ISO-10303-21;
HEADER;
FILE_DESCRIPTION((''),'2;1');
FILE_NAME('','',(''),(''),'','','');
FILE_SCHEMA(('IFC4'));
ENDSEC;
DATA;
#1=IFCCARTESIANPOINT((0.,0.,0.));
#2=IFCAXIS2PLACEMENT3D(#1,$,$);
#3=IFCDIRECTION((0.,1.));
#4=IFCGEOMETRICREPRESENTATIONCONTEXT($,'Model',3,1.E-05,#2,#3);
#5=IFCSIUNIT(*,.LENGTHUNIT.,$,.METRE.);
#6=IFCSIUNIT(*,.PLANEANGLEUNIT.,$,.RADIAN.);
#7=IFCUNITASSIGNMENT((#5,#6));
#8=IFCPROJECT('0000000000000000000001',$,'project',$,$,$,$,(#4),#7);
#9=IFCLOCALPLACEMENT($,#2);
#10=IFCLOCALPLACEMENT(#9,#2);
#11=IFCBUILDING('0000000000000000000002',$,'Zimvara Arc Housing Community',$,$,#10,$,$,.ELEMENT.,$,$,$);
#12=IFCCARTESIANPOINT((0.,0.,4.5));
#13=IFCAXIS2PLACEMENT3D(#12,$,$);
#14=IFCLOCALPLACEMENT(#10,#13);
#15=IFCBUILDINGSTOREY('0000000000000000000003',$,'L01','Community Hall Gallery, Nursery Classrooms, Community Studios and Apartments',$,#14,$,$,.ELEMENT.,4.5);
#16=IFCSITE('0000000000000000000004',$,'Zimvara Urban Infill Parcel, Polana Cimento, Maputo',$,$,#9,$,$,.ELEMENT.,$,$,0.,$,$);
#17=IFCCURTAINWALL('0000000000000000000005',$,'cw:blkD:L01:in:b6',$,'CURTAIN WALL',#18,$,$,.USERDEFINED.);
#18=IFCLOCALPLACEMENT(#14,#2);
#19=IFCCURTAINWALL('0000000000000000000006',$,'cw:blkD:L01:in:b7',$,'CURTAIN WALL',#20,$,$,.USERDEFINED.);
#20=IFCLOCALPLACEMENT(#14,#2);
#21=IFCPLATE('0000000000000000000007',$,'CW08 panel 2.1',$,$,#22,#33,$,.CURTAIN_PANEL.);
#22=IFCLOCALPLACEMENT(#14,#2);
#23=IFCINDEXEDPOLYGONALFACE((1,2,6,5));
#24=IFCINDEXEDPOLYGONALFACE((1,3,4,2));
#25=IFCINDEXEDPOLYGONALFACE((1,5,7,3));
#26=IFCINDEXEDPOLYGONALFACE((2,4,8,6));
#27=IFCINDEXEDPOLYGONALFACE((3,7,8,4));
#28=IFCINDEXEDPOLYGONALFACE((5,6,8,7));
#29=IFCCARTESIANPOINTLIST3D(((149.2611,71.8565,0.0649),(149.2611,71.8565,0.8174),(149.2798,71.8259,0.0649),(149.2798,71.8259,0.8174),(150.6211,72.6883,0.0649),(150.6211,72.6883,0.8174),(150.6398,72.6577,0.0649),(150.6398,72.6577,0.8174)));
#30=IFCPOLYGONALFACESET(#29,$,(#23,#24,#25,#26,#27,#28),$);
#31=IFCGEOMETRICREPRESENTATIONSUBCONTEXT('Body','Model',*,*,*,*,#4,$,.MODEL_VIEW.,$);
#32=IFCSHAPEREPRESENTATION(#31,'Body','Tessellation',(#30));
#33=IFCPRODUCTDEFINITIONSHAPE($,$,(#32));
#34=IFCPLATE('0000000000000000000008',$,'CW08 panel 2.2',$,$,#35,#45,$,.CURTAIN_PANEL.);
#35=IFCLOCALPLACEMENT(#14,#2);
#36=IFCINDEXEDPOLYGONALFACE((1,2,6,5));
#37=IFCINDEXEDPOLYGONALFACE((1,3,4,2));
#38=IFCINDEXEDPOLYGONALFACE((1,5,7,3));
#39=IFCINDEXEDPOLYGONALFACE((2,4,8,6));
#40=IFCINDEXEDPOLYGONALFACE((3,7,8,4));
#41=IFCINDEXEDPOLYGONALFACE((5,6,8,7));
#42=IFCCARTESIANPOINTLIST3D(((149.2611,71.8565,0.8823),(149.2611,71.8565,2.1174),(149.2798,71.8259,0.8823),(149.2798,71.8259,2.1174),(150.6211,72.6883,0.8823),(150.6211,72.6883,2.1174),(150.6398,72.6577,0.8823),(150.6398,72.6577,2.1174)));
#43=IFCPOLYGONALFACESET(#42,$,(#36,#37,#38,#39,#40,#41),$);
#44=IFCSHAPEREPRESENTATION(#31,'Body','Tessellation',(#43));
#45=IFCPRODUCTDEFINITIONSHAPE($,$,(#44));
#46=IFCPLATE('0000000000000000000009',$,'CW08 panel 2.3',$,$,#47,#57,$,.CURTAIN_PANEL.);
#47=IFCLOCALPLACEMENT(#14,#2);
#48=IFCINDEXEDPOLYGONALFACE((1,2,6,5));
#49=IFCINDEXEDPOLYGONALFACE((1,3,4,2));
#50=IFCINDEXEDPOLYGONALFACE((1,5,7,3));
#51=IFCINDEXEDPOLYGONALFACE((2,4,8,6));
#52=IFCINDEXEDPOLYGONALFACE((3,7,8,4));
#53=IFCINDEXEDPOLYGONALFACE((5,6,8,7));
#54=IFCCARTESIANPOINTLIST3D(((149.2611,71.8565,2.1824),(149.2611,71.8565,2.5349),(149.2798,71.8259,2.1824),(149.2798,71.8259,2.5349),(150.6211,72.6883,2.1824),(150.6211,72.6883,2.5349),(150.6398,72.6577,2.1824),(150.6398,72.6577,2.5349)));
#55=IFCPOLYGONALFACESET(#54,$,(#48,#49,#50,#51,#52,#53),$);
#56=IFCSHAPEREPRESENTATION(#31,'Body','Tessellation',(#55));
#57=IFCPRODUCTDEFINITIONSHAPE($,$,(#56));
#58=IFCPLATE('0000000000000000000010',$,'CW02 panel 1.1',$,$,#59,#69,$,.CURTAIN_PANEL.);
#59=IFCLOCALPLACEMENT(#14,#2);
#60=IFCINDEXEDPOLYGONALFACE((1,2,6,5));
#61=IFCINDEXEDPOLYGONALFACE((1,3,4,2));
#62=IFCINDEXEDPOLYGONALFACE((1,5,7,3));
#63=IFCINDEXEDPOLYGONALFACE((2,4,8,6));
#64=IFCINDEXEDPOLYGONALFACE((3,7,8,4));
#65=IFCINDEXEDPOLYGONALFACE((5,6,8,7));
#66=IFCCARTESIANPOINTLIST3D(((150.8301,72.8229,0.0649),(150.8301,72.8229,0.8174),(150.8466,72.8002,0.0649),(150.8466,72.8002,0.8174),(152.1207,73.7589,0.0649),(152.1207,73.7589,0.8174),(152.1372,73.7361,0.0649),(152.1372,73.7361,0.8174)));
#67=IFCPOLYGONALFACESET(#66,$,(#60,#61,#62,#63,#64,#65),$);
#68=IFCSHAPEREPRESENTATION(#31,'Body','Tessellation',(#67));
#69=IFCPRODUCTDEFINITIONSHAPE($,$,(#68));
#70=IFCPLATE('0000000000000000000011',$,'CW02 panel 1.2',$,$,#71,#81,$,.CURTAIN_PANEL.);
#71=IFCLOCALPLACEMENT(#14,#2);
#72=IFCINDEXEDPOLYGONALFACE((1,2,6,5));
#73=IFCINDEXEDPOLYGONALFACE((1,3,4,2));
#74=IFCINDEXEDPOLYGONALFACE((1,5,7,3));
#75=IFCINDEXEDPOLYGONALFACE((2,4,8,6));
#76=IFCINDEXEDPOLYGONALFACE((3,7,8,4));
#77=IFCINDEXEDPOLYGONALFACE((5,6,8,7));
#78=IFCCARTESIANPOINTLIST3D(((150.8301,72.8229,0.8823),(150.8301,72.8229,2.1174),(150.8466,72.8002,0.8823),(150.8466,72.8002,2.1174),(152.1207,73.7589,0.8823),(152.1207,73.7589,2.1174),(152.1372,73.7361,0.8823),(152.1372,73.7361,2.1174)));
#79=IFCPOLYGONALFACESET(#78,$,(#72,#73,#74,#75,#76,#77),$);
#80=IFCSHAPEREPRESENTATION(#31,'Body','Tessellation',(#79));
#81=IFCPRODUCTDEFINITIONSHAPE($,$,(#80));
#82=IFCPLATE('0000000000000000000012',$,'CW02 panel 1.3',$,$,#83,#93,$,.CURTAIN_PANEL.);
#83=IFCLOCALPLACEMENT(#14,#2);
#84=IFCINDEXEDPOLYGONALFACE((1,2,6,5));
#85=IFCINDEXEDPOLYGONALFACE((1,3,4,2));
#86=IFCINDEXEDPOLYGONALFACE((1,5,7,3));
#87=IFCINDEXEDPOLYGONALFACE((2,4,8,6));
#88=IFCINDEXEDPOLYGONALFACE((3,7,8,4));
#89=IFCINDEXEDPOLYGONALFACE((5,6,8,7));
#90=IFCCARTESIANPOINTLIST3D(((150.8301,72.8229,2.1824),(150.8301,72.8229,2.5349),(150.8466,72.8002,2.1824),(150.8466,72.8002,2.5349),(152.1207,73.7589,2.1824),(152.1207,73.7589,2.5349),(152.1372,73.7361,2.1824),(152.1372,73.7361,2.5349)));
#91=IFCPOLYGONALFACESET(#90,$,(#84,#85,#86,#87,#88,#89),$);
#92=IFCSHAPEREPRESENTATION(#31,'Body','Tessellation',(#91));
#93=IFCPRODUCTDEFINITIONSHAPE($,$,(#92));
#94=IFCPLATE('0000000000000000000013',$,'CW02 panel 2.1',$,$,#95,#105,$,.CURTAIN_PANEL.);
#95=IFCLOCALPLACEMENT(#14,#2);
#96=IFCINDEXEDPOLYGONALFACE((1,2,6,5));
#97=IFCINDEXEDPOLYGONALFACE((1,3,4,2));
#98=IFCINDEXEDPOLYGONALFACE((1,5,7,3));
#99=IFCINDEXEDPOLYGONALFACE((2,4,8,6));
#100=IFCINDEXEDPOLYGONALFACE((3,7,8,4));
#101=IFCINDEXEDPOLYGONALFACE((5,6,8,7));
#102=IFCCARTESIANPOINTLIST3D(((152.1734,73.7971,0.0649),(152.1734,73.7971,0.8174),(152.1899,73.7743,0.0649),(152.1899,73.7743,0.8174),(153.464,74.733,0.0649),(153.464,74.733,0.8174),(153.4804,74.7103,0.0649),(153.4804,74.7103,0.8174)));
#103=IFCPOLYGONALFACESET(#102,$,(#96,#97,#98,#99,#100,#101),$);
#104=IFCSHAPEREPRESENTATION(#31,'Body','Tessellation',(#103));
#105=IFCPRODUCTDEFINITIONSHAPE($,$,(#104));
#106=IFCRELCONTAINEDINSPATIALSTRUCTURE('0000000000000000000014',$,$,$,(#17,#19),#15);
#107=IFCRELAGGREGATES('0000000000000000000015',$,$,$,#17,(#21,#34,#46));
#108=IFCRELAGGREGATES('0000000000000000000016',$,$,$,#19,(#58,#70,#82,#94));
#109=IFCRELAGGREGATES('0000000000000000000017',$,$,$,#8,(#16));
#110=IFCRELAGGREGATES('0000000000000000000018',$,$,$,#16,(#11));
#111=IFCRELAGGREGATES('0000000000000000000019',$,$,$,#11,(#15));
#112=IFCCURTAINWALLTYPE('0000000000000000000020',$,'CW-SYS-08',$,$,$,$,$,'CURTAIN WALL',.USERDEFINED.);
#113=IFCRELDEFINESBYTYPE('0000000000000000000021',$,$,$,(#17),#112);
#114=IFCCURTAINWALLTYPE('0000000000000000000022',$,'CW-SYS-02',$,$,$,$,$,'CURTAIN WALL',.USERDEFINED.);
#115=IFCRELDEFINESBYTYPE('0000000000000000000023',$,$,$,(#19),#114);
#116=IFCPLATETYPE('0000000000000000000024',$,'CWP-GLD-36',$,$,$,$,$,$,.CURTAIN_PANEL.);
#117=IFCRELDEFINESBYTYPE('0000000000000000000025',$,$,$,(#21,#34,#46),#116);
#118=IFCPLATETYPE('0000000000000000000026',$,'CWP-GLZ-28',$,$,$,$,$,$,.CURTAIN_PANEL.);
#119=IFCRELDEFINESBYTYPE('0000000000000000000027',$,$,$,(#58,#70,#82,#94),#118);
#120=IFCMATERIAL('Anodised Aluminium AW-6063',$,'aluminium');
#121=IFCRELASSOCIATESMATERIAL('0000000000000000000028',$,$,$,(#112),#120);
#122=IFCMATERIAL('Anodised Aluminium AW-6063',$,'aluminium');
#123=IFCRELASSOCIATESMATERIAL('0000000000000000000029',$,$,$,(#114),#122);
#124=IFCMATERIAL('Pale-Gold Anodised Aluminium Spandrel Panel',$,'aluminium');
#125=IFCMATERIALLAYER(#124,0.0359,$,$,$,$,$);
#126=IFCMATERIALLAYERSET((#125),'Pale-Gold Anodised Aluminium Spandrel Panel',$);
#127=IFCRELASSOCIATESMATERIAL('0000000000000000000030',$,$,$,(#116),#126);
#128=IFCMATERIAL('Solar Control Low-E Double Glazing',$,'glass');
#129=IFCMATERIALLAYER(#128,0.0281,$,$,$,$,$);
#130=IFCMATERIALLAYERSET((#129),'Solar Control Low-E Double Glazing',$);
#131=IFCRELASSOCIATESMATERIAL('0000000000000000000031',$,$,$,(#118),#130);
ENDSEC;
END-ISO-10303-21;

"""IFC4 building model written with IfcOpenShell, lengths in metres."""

from ifc_helpers import new_model, si_unit, direction, frame, origin, origin_2d, place, context, subcontext, project, spatial, rectangle, extrude, material, layer, layer_set, type_object, element, aggregate, save


model = new_model("IFC4")

# Units and contexts
model_context = context("Model", 3, precision=1e-05, world=origin(), true_north=direction((0.0, 1.0)))
body_context = subcontext(model_context, "Body", "Model", "MODEL_VIEW")
ifc_project = project(units=[si_unit("LENGTHUNIT", "METRE"), si_unit("PLANEANGLEUNIT", "RADIAN")], contexts=[model_context])

# Site, building, storey
site_placement = place(None, origin())
site = spatial("IfcSite", under=ifc_project, at=site_placement, Name="Zimvara Urban Infill Parcel, Polana Cimento, Maputo", CompositionType="ELEMENT", RefElevation=0.0)
building_placement = place(site_placement, origin())
building = spatial("IfcBuilding", under=site, at=building_placement, Name="Zimvara Arc Housing Community", CompositionType="ELEMENT")
storey_placement = place(building_placement, frame((0.0, 0.0, 4.5)))
storey = spatial("IfcBuildingStorey", under=building, at=storey_placement, Name="L01", Description="Community Hall Gallery, Nursery Classrooms, Community Studios and Apartments", CompositionType="ELEMENT", Elevation=4.5)

# Curtain wall
ifc_material_1 = material(Name="Anodised Aluminium AW-6063", Category="aluminium")
curtain_wall_type_1 = type_object("IfcCurtainWallType", Name="CW-SYS-08", ElementType="CURTAIN WALL", PredefinedType="USERDEFINED", material=ifc_material_1)
curtain_wall_1_placement = place(storey_placement, origin())
curtain_wall_1 = element("IfcCurtainWall", 1, at=curtain_wall_1_placement, inside=storey, type_object=curtain_wall_type_1, Name="cw:blkD:L01:in:b6", ObjectType="CURTAIN WALL", PredefinedType="USERDEFINED")

# Curtain wall
ifc_material_2 = material(Name="Anodised Aluminium AW-6063", Category="aluminium")
curtain_wall_type_2 = type_object("IfcCurtainWallType", Name="CW-SYS-02", ElementType="CURTAIN WALL", PredefinedType="USERDEFINED", material=ifc_material_2)
curtain_wall_2_placement = place(storey_placement, origin())
curtain_wall_2 = element("IfcCurtainWall", 2, at=curtain_wall_2_placement, inside=storey, type_object=curtain_wall_type_2, Name="cw:blkD:L01:in:b7", ObjectType="CURTAIN WALL", PredefinedType="USERDEFINED")

# Plates
ifc_material_3 = material(Name="Pale-Gold Anodised Aluminium Spandrel Panel", Category="aluminium")
ifc_layer_1 = layer(ifc_material_3, 0.0359)
ifc_layer_set_1 = layer_set([ifc_layer_1], Name="Pale-Gold Anodised Aluminium Spandrel Panel")
plate_type_1 = type_object("IfcPlateType", Name="CWP-GLD-36", PredefinedType="CURTAIN_PANEL", material=ifc_layer_set_1)
plate_1_placement = place(storey_placement, frame((149.9504, 72.2571, 0.0649), z_axis=(0.0, 0.0, 1.0), x_axis=(0.853096, 0.521754, 0.0)))
plate_1 = element("IfcPlate", 3, at=plate_1_placement, type_object=plate_type_1, Name="CW08 panel 2.1", PredefinedType="CURTAIN_PANEL", context=body_context, shape_type="SweptSolid", body=[
    extrude(rectangle(XDim=1.5942, YDim=0.0359, at=origin_2d()), origin(), (0.0, 0.0, 1.0), 0.7524),
])
plate_2_placement = place(storey_placement, frame((149.9504, 72.2571, 0.8823), z_axis=(0.0, 0.0, 1.0), x_axis=(0.853096, 0.521754, 0.0)))
plate_2 = element("IfcPlate", 4, at=plate_2_placement, type_object=plate_type_1, Name="CW08 panel 2.2", PredefinedType="CURTAIN_PANEL", context=body_context, shape_type="SweptSolid", body=[
    extrude(rectangle(XDim=1.5942, YDim=0.0359, at=origin_2d()), origin(), (0.0, 0.0, 1.0), 1.2351),
])
plate_3_placement = place(storey_placement, frame((149.9504, 72.2571, 2.1824), z_axis=(0.0, 0.0, 1.0), x_axis=(0.853096, 0.521754, 0.0)))
plate_3 = element("IfcPlate", 5, at=plate_3_placement, type_object=plate_type_1, Name="CW08 panel 2.3", PredefinedType="CURTAIN_PANEL", context=body_context, shape_type="SweptSolid", body=[
    extrude(rectangle(XDim=1.5942, YDim=0.0359, at=origin_2d()), origin(), (0.0, 0.0, 1.0), 0.3525),
])
aggregate(curtain_wall_1, [plate_1, plate_2, plate_3])
ifc_material_4 = material(Name="Solar Control Low-E Double Glazing", Category="glass")
ifc_layer_2 = layer(ifc_material_4, 0.0281)
ifc_layer_set_2 = layer_set([ifc_layer_2], Name="Solar Control Low-E Double Glazing")
plate_type_2 = type_object("IfcPlateType", Name="CWP-GLZ-28", PredefinedType="CURTAIN_PANEL", material=ifc_layer_set_2)
plate_4_placement = place(storey_placement, frame((151.4836, 73.2795, 0.0649), z_axis=(0.0, 0.0, 1.0), x_axis=(0.809529, 0.587079, 0.0)))
plate_4 = element("IfcPlate", 6, at=plate_4_placement, type_object=plate_type_2, Name="CW02 panel 1.1", PredefinedType="CURTAIN_PANEL", context=body_context, shape_type="SweptSolid", body=[
    extrude(rectangle(XDim=1.5942, YDim=0.0281, at=origin_2d()), origin(), (0.0, 0.0, 1.0), 0.7524),
])
plate_5_placement = place(storey_placement, frame((151.4836, 73.2795, 0.8823), z_axis=(0.0, 0.0, 1.0), x_axis=(0.809529, 0.587079, 0.0)))
plate_5 = element("IfcPlate", 7, at=plate_5_placement, type_object=plate_type_2, Name="CW02 panel 1.2", PredefinedType="CURTAIN_PANEL", context=body_context, shape_type="SweptSolid", body=[
    extrude(rectangle(XDim=1.5942, YDim=0.0281, at=origin_2d()), origin(), (0.0, 0.0, 1.0), 1.2351),
])
plate_6_placement = place(storey_placement, frame((151.4836, 73.2795, 2.1824), z_axis=(0.0, 0.0, 1.0), x_axis=(0.809529, 0.587079, 0.0)))
plate_6 = element("IfcPlate", 8, at=plate_6_placement, type_object=plate_type_2, Name="CW02 panel 1.3", PredefinedType="CURTAIN_PANEL", context=body_context, shape_type="SweptSolid", body=[
    extrude(rectangle(XDim=1.5942, YDim=0.0281, at=origin_2d()), origin(), (0.0, 0.0, 1.0), 0.3525),
])
plate_7_placement = place(storey_placement, frame((152.8269, 74.2537, 0.0649), z_axis=(0.0, 0.0, 1.0), x_axis=(0.809529, 0.587079, 0.0)))
plate_7 = element("IfcPlate", 9, at=plate_7_placement, type_object=plate_type_2, Name="CW02 panel 2.1", PredefinedType="CURTAIN_PANEL", context=body_context, shape_type="SweptSolid", body=[
    extrude(rectangle(XDim=1.5942, YDim=0.0281, at=origin_2d()), origin(), (0.0, 0.0, 1.0), 0.7524),
])
aggregate(curtain_wall_2, [plate_4, plate_5, plate_6, plate_7])

save(model, "model.ifc")
